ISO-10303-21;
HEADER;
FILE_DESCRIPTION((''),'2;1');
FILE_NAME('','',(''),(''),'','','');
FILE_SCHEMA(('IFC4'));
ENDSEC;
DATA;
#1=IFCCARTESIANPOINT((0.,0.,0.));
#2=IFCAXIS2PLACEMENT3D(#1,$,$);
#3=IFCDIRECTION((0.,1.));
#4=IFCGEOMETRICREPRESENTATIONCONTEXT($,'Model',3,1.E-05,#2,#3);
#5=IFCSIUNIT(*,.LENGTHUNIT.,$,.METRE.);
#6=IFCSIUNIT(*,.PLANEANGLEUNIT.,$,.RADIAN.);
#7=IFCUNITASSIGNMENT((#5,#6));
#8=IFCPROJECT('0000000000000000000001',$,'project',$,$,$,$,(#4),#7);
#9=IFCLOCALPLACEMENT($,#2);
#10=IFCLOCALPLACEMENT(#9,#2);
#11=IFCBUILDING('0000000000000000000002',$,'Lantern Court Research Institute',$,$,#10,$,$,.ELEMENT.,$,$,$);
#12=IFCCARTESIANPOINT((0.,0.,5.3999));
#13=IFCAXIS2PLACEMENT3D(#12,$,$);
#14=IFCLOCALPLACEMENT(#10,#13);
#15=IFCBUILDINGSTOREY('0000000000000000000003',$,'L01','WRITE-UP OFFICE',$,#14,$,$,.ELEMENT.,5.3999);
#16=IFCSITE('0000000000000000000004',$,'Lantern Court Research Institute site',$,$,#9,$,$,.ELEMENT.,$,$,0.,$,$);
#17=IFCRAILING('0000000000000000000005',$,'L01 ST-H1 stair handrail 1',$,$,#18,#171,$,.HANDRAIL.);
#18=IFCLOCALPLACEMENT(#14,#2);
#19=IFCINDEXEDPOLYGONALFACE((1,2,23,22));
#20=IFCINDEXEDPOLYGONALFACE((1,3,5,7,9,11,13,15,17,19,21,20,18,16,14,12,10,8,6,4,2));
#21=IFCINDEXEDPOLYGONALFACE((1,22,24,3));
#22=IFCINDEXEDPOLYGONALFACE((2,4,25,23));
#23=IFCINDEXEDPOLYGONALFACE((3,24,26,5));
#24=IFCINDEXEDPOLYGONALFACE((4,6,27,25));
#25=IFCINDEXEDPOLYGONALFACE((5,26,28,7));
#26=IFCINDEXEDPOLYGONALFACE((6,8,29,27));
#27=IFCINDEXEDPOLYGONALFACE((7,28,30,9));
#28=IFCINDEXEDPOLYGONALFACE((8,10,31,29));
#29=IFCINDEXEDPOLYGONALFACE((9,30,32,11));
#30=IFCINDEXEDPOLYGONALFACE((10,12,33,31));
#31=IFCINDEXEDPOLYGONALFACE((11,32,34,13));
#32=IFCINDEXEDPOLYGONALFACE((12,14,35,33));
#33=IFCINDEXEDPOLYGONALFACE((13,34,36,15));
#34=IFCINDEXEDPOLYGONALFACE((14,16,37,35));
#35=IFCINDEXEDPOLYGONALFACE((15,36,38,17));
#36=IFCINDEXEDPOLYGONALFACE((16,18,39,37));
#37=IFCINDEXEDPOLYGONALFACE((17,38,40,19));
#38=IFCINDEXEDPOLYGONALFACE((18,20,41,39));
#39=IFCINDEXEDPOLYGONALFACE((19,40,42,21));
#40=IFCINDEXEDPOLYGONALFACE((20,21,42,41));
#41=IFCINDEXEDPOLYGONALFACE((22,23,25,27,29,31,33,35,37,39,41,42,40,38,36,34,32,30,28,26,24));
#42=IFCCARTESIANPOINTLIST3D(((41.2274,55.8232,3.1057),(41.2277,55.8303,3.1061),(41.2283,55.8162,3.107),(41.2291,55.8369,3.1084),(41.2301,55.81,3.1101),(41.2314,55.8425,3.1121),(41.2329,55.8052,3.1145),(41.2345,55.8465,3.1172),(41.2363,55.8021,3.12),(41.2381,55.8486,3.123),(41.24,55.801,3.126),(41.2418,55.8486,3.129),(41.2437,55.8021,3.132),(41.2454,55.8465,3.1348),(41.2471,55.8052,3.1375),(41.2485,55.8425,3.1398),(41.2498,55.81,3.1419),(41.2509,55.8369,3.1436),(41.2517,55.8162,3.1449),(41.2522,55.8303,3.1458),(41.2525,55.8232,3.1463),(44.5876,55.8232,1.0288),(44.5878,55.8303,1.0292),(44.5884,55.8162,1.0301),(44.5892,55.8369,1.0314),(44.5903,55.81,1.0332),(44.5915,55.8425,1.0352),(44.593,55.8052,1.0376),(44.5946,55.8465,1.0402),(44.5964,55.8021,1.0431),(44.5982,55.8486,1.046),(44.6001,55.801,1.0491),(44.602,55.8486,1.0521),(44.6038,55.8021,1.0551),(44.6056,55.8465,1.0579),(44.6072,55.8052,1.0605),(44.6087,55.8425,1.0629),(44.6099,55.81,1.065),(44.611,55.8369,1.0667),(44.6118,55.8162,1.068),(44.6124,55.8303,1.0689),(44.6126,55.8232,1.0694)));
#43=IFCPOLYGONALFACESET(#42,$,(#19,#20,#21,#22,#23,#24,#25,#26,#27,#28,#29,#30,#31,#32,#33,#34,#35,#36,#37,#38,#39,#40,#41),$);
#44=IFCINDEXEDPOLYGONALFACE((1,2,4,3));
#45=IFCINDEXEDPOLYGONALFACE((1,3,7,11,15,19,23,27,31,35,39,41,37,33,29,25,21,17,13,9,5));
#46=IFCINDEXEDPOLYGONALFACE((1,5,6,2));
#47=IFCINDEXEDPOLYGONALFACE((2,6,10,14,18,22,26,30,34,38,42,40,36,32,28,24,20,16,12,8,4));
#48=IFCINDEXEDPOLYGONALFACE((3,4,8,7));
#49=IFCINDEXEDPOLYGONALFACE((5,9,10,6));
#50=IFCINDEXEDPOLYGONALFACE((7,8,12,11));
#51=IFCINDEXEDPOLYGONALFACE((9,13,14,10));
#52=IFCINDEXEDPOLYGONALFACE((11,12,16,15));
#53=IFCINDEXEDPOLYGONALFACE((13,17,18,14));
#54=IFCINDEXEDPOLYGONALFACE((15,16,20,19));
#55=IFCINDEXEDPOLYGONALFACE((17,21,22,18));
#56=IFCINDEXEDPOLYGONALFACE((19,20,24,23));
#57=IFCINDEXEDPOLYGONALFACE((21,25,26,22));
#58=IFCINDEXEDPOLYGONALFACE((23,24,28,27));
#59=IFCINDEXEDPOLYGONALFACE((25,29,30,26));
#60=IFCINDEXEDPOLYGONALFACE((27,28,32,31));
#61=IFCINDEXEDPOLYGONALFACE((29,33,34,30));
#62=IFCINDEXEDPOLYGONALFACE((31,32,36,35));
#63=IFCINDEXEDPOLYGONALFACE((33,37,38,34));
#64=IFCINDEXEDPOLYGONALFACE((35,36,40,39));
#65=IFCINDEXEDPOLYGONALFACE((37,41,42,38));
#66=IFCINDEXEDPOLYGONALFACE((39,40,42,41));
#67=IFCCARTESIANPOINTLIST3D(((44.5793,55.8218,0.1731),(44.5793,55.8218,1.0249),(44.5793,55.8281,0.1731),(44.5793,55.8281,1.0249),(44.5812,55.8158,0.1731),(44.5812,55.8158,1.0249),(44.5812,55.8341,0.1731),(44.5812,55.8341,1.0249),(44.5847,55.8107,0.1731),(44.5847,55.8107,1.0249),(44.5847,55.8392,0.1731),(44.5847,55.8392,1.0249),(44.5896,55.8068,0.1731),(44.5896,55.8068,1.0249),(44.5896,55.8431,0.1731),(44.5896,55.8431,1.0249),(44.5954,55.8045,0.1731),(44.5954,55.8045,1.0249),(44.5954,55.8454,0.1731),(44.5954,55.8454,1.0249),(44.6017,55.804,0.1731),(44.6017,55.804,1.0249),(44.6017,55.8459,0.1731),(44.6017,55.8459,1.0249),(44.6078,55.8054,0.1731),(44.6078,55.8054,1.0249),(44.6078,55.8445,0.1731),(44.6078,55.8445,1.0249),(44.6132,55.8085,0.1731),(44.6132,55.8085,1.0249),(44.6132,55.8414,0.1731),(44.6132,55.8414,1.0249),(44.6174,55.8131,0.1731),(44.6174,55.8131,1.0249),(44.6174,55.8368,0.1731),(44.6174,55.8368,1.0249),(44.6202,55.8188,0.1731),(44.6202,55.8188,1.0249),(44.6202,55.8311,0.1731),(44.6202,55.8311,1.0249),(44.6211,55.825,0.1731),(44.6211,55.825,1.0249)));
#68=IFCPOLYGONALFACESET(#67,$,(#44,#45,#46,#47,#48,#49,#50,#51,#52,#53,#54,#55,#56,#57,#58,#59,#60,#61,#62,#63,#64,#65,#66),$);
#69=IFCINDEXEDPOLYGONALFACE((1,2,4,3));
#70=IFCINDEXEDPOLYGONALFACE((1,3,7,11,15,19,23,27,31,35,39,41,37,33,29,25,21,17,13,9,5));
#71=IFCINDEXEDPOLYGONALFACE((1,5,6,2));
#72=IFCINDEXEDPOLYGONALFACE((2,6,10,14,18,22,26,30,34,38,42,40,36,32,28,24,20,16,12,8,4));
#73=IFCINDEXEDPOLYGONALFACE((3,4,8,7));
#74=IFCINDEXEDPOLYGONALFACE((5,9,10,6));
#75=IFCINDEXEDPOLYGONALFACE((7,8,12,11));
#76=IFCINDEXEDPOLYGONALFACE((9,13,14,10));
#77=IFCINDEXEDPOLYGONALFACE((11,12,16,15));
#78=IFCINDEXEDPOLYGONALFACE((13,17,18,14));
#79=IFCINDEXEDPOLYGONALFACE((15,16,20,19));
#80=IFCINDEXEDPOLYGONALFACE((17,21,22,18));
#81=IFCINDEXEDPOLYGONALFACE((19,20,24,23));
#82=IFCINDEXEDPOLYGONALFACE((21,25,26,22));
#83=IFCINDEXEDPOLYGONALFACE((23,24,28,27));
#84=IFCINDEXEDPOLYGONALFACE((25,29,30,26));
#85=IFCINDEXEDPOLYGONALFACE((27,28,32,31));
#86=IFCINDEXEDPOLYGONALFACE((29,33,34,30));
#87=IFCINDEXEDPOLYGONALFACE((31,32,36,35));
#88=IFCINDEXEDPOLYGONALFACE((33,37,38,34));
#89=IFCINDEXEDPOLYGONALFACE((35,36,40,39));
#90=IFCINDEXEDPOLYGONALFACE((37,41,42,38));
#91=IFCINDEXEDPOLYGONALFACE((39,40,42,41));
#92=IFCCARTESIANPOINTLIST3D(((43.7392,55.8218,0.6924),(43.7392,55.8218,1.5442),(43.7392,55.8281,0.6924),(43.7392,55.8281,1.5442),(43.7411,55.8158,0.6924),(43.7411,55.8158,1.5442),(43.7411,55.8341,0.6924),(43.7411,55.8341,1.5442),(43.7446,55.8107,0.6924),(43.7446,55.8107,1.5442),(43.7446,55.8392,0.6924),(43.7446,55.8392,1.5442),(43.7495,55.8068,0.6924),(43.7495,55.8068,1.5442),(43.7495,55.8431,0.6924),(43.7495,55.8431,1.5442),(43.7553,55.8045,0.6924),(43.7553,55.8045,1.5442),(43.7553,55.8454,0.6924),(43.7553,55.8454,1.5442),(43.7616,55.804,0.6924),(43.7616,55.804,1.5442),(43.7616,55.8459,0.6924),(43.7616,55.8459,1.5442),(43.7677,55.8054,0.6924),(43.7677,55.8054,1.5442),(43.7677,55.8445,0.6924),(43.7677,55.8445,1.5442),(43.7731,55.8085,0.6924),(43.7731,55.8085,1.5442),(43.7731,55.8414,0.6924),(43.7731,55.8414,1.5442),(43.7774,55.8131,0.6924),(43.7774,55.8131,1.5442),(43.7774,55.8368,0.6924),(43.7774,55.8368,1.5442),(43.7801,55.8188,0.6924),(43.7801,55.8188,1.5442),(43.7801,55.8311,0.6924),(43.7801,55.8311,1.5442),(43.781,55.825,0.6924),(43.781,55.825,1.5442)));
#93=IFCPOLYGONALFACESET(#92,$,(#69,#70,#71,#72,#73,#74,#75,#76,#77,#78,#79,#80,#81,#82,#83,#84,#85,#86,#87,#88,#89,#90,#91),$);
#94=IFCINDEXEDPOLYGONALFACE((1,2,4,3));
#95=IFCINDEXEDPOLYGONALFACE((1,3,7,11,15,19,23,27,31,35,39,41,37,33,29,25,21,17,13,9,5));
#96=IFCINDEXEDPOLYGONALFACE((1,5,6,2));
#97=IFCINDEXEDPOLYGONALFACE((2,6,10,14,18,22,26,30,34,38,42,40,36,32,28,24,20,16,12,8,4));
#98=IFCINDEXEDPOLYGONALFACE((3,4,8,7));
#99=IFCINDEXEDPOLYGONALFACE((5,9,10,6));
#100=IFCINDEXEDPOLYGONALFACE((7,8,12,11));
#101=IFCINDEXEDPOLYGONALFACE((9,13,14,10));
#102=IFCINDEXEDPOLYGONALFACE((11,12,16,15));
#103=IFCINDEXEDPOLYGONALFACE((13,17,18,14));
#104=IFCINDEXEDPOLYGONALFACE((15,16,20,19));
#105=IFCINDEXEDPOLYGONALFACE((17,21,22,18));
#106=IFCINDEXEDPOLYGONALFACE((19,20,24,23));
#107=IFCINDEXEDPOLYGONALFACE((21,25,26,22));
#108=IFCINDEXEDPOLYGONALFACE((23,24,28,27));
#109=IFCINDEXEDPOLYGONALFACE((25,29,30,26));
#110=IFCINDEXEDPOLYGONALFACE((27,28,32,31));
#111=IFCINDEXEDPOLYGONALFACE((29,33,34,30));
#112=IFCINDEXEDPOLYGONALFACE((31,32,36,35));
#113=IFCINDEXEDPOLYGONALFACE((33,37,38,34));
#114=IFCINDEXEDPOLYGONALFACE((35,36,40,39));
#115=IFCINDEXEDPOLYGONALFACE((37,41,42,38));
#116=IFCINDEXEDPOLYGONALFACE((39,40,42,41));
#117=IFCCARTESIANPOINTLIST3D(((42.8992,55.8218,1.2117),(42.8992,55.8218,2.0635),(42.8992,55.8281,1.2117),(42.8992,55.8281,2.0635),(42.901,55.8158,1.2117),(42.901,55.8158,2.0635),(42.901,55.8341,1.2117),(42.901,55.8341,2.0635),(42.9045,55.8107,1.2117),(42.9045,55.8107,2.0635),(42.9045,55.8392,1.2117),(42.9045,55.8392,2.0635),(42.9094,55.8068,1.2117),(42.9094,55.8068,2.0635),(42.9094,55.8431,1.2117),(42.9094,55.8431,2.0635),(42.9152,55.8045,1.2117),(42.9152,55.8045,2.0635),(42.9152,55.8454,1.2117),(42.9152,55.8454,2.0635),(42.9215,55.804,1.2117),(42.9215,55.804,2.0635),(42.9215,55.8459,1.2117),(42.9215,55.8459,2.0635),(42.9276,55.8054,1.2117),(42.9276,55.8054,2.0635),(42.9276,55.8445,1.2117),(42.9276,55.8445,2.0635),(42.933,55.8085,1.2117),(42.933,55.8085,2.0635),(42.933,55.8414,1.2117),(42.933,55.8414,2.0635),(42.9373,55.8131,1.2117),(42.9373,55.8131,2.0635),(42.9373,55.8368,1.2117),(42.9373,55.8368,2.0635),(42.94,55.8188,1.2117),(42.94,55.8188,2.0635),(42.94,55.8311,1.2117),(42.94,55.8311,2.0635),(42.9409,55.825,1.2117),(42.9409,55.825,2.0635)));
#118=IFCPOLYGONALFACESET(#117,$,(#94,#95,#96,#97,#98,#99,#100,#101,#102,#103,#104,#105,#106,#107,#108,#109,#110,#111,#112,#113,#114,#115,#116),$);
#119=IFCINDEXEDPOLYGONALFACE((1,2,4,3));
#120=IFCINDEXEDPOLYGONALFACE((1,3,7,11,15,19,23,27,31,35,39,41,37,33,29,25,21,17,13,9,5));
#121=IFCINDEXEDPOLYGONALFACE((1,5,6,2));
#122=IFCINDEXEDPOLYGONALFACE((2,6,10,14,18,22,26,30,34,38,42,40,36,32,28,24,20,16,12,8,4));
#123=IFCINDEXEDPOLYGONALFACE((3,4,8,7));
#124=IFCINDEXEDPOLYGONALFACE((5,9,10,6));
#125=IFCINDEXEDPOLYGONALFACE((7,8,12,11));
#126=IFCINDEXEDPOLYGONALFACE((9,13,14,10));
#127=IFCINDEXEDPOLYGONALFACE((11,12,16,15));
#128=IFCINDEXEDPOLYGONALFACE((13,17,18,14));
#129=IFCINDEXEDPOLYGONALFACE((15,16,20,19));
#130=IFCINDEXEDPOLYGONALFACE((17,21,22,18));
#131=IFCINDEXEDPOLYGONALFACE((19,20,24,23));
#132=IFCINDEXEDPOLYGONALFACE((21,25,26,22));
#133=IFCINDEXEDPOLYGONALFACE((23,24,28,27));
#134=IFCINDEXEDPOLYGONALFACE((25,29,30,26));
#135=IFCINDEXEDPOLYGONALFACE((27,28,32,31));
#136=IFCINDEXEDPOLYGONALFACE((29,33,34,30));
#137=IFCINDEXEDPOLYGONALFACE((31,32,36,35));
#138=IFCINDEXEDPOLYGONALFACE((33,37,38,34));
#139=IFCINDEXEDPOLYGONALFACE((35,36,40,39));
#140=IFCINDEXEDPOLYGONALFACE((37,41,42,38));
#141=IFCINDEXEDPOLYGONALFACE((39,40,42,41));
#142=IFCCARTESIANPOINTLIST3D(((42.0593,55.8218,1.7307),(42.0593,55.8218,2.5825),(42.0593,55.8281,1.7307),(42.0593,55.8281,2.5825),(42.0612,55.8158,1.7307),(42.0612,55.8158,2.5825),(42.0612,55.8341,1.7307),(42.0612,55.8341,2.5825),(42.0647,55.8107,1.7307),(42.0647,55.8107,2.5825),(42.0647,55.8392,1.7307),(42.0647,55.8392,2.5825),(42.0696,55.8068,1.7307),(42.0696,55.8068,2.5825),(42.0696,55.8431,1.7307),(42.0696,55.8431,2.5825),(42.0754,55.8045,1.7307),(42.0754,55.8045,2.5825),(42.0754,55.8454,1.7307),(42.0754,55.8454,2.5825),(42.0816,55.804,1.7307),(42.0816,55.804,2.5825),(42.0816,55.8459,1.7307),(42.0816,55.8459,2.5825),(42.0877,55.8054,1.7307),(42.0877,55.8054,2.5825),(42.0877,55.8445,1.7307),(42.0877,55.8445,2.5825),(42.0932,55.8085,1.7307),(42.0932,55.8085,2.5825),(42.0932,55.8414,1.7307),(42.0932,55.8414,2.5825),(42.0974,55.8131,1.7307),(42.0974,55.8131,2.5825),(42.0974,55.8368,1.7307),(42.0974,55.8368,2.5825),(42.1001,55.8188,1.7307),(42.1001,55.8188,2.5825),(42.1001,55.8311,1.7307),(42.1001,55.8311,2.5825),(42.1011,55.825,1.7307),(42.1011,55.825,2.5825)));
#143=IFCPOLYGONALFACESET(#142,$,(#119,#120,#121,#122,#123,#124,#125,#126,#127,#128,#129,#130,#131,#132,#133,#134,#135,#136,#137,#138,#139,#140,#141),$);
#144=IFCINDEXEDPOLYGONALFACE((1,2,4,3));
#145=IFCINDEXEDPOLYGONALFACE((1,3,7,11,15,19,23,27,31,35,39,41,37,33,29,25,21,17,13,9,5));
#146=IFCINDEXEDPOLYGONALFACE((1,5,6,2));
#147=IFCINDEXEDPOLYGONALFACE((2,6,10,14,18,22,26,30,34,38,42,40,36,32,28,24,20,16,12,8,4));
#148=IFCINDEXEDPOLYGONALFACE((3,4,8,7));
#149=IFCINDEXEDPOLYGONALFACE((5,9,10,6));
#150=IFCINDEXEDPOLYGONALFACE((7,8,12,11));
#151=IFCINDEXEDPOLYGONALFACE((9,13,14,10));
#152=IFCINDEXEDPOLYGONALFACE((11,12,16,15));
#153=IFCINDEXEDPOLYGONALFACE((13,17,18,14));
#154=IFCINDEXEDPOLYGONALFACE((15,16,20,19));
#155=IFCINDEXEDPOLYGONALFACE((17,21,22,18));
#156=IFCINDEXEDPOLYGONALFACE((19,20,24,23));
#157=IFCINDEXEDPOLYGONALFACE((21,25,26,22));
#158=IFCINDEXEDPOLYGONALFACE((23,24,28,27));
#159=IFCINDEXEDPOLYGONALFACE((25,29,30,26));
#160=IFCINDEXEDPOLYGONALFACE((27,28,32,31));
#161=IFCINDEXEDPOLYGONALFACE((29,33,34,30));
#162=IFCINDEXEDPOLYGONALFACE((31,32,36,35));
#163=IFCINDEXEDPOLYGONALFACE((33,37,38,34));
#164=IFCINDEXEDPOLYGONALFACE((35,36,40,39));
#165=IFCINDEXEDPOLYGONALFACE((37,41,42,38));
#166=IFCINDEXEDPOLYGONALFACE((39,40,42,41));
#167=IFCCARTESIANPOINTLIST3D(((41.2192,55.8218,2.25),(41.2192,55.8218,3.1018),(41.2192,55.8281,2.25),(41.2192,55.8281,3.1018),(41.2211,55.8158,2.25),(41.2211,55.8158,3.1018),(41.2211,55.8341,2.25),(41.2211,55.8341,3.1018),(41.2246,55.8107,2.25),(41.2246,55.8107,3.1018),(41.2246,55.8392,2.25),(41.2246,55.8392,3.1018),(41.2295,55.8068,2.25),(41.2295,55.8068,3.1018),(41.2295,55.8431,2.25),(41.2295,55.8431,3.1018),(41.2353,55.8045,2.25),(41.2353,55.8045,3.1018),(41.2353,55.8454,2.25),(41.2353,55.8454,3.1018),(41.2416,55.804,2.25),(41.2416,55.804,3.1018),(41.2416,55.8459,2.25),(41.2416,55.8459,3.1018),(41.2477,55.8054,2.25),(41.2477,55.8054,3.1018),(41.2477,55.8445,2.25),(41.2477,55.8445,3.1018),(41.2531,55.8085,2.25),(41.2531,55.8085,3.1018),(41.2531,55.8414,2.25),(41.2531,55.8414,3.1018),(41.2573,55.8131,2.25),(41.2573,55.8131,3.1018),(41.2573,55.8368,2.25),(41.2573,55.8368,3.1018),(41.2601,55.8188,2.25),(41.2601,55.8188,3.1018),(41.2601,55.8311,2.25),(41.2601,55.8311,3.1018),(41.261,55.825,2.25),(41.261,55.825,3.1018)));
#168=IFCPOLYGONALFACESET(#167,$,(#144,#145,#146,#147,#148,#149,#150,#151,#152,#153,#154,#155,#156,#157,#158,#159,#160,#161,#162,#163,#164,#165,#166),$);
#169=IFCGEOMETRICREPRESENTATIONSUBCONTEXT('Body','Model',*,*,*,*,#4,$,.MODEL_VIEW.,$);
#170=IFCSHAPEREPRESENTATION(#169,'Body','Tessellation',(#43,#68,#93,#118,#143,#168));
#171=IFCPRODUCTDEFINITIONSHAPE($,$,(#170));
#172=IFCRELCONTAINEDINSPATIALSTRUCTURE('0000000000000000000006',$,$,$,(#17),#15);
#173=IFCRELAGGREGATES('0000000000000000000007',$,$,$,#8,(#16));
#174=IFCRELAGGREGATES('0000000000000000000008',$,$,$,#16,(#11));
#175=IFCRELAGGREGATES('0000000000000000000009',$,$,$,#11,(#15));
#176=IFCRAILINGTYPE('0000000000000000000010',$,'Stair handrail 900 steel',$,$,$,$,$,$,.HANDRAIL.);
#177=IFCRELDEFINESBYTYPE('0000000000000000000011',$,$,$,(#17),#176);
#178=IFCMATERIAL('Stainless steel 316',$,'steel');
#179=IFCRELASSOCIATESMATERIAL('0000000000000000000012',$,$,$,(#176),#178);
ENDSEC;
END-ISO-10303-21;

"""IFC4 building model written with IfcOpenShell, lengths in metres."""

from ifc_helpers import new_model, si_unit, direction, frame, origin, origin_2d, place, context, subcontext, project, spatial, circle, extrude, material, type_object, element, save


model = new_model("IFC4")

# Units and contexts
model_context = context("Model", 3, precision=1e-05, world=origin(), true_north=direction((0.0, 1.0)))
body_context = subcontext(model_context, "Body", "Model", "MODEL_VIEW")
ifc_project = project(units=[si_unit("LENGTHUNIT", "METRE"), si_unit("PLANEANGLEUNIT", "RADIAN")], contexts=[model_context])

# Site, building, storey
site_placement = place(None, origin())
site = spatial("IfcSite", under=ifc_project, at=site_placement, Name="Lantern Court Research Institute site", CompositionType="ELEMENT", RefElevation=0.0)
building_placement = place(site_placement, origin())
building = spatial("IfcBuilding", under=site, at=building_placement, Name="Lantern Court Research Institute", CompositionType="ELEMENT")
storey_placement = place(building_placement, frame((0.0, 0.0, 5.3999)))
storey = spatial("IfcBuildingStorey", under=building, at=storey_placement, Name="L01", Description="WRITE-UP OFFICE", CompositionType="ELEMENT", Elevation=5.3999)

# Railing
ifc_material_1 = material(Name="Stainless steel 316", Category="steel")
railing_type_1 = type_object("IfcRailingType", Name="Stair handrail 900 steel", PredefinedType="HANDRAIL", material=ifc_material_1)
railing_1_placement = place(storey_placement, frame((44.6001, 55.825, 0.1731)))
element("IfcRailing", 1, at=railing_1_placement, inside=storey, type_object=railing_type_1, Name="L01 ST-H1 stair handrail 1", PredefinedType="HANDRAIL", context=body_context, shape_type="SweptSolid", body=[
    extrude(circle(Radius=0.0239, at=origin_2d()), frame((0.0, 0.0, 0.876), z_axis=(-0.850623, 0.0, 0.525776), x_axis=(0.0, -1.0, 0.0)), (0.0, 0.0, 1.0), 3.9502),
    extrude(circle(Radius=0.021, at=origin_2d()), origin(), (0.0, 0.0, 1.0), 0.8518),
    extrude(circle(Radius=0.021, at=origin_2d()), frame((-0.8401, 0.0, 0.5193)), (0.0, 0.0, 1.0), 0.8518),
    extrude(circle(Radius=0.021, at=origin_2d()), frame((-1.6802, 0.0, 1.0386)), (0.0, 0.0, 1.0), 0.8518),
    extrude(circle(Radius=0.021, at=origin_2d()), frame((-2.52, 0.0, 1.5576)), (0.0, 0.0, 1.0), 0.8518),
    extrude(circle(Radius=0.021, at=origin_2d()), frame((-3.3601, 0.0, 2.0769)), (0.0, 0.0, 1.0), 0.8518),
])

save(model, "model.ifc")
